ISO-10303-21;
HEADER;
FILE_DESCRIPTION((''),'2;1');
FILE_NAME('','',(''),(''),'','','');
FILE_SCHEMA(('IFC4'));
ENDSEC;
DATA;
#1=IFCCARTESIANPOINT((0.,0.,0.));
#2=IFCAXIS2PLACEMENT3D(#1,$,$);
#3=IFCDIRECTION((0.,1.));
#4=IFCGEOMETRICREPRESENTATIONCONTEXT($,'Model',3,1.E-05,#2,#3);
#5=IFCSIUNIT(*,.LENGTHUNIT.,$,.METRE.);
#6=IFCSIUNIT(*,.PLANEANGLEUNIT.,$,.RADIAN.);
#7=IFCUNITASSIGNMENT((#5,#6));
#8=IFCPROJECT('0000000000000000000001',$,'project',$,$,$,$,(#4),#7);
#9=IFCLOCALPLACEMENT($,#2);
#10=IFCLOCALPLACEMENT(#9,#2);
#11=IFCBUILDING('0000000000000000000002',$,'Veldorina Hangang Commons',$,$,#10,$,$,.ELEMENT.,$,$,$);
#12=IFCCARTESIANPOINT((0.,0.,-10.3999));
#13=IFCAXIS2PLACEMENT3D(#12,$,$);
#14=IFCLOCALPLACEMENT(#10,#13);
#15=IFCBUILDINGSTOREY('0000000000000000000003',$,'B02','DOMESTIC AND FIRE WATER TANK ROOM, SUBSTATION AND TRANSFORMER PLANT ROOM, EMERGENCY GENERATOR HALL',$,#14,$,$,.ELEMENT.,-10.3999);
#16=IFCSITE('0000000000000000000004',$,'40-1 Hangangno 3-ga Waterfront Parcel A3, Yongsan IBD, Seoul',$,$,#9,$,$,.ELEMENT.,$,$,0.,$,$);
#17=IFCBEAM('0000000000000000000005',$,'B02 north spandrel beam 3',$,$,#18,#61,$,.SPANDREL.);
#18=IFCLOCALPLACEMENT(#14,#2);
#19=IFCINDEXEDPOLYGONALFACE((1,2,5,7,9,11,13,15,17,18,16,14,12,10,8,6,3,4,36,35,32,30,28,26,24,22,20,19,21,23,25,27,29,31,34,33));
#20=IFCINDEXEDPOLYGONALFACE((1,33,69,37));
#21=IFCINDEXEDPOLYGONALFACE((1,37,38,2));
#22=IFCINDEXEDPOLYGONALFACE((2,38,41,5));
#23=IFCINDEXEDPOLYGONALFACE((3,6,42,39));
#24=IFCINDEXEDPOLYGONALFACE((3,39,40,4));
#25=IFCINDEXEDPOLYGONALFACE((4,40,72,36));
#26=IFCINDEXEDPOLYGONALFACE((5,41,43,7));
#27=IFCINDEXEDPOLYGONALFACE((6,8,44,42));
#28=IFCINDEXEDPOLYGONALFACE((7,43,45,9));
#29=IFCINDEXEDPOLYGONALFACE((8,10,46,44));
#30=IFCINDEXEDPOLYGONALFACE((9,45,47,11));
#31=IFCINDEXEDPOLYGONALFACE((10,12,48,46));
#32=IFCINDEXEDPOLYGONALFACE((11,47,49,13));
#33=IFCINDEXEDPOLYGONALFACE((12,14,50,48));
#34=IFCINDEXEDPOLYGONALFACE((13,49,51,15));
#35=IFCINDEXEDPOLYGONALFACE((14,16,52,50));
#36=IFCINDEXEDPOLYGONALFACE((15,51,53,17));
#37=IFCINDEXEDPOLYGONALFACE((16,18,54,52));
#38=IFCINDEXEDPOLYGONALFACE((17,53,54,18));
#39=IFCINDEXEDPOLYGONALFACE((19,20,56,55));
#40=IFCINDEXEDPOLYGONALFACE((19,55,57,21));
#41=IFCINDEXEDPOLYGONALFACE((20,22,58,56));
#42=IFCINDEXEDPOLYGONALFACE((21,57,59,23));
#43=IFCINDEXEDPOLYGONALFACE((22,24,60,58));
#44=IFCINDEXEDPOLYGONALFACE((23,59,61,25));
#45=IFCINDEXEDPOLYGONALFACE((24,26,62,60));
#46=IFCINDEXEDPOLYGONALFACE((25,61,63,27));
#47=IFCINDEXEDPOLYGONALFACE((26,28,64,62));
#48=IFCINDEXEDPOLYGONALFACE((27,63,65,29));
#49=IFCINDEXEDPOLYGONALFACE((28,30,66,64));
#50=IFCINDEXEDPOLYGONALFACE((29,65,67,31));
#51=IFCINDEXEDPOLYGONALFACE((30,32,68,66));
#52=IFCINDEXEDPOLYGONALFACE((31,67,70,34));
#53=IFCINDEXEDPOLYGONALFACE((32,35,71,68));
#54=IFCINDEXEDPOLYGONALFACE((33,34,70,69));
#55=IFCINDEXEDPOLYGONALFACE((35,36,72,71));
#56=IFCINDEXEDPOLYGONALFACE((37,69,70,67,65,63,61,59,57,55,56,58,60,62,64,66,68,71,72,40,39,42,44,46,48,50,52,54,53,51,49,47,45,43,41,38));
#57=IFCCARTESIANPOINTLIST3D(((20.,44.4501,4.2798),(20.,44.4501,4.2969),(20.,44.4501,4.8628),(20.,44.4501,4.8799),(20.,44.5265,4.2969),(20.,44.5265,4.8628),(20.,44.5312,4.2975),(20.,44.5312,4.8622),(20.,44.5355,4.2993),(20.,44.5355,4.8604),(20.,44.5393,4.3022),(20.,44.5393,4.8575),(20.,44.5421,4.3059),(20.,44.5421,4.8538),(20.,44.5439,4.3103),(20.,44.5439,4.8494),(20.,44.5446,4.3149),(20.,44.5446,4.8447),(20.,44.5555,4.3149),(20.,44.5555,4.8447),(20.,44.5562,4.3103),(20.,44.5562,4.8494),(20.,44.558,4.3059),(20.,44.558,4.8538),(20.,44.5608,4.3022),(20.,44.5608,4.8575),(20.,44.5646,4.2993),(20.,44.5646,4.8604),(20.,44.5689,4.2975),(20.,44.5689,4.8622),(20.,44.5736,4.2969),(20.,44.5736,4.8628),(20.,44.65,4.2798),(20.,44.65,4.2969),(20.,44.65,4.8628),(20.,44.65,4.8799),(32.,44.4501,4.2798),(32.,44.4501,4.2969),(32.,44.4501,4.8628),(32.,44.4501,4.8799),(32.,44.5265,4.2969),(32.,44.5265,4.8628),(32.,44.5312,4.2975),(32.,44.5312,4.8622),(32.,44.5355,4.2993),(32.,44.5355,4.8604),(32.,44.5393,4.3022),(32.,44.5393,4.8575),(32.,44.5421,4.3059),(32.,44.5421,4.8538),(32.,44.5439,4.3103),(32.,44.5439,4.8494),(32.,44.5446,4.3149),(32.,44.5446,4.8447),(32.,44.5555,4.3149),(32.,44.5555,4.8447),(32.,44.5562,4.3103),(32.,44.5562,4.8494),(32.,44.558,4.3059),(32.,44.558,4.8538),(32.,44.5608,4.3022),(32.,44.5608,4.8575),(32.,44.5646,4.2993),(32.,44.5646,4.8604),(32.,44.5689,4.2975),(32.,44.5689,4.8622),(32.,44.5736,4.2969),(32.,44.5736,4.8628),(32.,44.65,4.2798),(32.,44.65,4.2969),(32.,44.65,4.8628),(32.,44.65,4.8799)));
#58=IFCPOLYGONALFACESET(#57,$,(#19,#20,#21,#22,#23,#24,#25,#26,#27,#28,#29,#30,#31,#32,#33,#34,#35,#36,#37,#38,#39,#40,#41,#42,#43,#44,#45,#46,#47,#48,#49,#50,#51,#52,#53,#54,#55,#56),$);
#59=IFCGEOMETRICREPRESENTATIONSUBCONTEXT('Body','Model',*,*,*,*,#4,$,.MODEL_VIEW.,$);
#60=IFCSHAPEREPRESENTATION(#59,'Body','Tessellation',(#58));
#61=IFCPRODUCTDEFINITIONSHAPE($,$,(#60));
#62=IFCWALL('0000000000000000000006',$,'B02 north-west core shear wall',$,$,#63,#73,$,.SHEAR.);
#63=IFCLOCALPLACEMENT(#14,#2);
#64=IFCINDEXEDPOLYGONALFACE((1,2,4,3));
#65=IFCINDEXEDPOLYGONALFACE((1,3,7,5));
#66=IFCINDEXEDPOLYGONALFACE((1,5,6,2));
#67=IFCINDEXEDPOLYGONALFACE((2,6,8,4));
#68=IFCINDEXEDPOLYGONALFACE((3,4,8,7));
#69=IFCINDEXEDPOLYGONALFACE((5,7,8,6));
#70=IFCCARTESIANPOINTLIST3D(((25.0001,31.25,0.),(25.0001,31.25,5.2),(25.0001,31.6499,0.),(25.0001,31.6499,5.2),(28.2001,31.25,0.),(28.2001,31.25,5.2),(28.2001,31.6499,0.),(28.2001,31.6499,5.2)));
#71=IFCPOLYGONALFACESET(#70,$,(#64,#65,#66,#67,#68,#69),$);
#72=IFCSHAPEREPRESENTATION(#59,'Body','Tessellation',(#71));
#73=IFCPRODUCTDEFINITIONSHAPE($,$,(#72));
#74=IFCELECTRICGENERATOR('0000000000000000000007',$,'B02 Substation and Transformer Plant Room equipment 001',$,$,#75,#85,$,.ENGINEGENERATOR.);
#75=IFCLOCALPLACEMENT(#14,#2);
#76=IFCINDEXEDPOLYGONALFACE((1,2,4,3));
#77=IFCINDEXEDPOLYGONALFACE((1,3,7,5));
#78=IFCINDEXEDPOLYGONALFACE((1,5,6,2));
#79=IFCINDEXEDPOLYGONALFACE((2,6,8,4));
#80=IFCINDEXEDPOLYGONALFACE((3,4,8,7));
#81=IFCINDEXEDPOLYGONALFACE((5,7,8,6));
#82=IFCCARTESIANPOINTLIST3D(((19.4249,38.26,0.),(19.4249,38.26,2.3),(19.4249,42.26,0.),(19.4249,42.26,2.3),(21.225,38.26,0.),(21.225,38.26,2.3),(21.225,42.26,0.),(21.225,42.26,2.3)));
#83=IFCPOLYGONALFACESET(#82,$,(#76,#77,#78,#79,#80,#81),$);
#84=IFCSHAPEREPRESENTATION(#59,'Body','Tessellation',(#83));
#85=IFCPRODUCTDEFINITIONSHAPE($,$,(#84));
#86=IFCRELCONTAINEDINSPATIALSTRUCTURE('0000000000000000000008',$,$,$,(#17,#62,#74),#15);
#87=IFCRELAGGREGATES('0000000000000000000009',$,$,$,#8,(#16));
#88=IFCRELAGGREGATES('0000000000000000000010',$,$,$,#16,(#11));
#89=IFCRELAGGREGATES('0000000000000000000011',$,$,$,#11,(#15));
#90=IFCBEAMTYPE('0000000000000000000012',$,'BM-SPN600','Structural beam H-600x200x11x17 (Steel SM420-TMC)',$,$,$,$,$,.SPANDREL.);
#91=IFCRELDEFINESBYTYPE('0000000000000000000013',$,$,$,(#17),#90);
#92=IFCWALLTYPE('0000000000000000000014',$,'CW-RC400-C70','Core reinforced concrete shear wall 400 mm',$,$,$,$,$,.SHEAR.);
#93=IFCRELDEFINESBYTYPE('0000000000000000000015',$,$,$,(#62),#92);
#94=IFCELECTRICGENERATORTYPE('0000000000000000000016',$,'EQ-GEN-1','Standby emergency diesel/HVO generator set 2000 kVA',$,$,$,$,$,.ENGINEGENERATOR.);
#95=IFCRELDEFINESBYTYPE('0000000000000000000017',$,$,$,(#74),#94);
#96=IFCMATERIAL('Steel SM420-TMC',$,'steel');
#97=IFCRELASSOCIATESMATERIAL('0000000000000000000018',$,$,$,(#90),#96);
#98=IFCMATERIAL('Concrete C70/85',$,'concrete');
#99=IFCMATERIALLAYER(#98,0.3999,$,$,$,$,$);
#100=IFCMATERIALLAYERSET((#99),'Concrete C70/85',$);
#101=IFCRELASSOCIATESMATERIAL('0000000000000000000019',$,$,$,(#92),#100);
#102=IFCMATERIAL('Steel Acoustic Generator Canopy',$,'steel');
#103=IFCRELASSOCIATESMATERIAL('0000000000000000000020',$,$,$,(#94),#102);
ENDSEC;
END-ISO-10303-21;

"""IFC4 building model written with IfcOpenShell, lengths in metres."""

from ifc_helpers import new_model, si_unit, direction, frame, frame_2d, origin, origin_2d, place, context, subcontext, project, spatial, rectangle, i_section, extrude, material, layer, layer_set, material_profile, profile_set, type_object, element, save


model = new_model("IFC4")

# Units and contexts
model_context = context("Model", 3, precision=1e-05, world=origin(), true_north=direction((0.0, 1.0)))
body_context = subcontext(model_context, "Body", "Model", "MODEL_VIEW")
ifc_project = project(units=[si_unit("LENGTHUNIT", "METRE"), si_unit("PLANEANGLEUNIT", "RADIAN")], contexts=[model_context])

# Site, building, storey
site_placement = place(None, origin())
site = spatial("IfcSite", under=ifc_project, at=site_placement, Name="40-1 Hangangno 3-ga Waterfront Parcel A3, Yongsan IBD, Seoul", CompositionType="ELEMENT", RefElevation=0.0)
building_placement = place(site_placement, origin())
building = spatial("IfcBuilding", under=site, at=building_placement, Name="Veldorina Hangang Commons", CompositionType="ELEMENT")
storey_placement = place(building_placement, frame((0.0, 0.0, -10.3999)))
storey = spatial("IfcBuildingStorey", under=building, at=storey_placement, Name="B02", Description="DOMESTIC AND FIRE WATER TANK ROOM, SUBSTATION AND TRANSFORMER PLANT ROOM, EMERGENCY GENERATOR HALL", CompositionType="ELEMENT", Elevation=-10.3999)

# Beam
ifc_material_1 = material(Name="Concrete C70/85", Category="concrete")
ifc_material_2 = material(Name="Steel SM420-TMC", Category="steel")
ifc_material_profile_1 = material_profile(ifc_material_2, i_section(OverallWidth=0.2, OverallDepth=0.6001, WebThickness=0.011, FlangeThickness=0.0171, FilletRadius=0.0181, at=origin_2d()), Name="H-600x200x11x17")
ifc_profile_set_1 = profile_set([ifc_material_profile_1], Name="Steel SM420-TMC")
beam_type_1 = type_object("IfcBeamType", Name="BM-SPN600", Description="Structural beam H-600x200x11x17 (Steel SM420-TMC)", PredefinedType="SPANDREL", material=ifc_profile_set_1)
beam_1_placement = place(storey_placement, frame((20.0, 44.55, 4.5798), z_axis=(1.0, 0.0, 0.0), x_axis=(0.0, 1.0, 0.0)))
element("IfcBeam", 1, at=beam_1_placement, inside=storey, type_object=beam_type_1, Name="B02 north spandrel beam 3", PredefinedType="SPANDREL", context=body_context, shape_type="SweptSolid", body=[
    extrude(i_section(OverallWidth=0.2, OverallDepth=0.6001, WebThickness=0.011, FlangeThickness=0.0171, FilletRadius=0.0181, at=origin_2d()), origin(), (0.0, 0.0, 1.0), 12.0),
])

# Wall
ifc_layer = layer(ifc_material_1, 0.3999)
ifc_layer_set = layer_set([ifc_layer], Name="Concrete C70/85")
wall_type = type_object("IfcWallType", Name="CW-RC400-C70", Description="Core reinforced concrete shear wall 400 mm", PredefinedType="SHEAR", material=ifc_layer_set)
wall_placement = place(storey_placement, frame((25.0, 31.45, 0.0), z_axis=(0.0, 0.0, 1.0), x_axis=(1.0, 0.0, 0.0)))
element("IfcWall", 2, at=wall_placement, inside=storey, type_object=wall_type, Name="B02 north-west core shear wall", PredefinedType="SHEAR", context=body_context, shape_type="SweptSolid", body=[
    extrude(rectangle(XDim=3.2, YDim=0.3999, at=frame_2d((1.6001, 0.0))), origin(), (0.0, 0.0, 1.0), 5.2),
])

# Electric generator
ifc_material_3 = material(Name="Steel Acoustic Generator Canopy", Category="steel")
electric_generator_type = type_object("IfcElectricGeneratorType", Name="EQ-GEN-1", Description="Standby emergency diesel/HVO generator set 2000 kVA", PredefinedType="ENGINEGENERATOR", material=ifc_material_3)
electric_generator_placement = place(storey_placement, frame((20.325, 40.26, 0.0), z_axis=(0.0, 0.0, 1.0), x_axis=(1.0, 0.0, 0.0)))
element("IfcElectricGenerator", 3, at=electric_generator_placement, inside=storey, type_object=electric_generator_type, Name="B02 Substation and Transformer Plant Room equipment 001", PredefinedType="ENGINEGENERATOR", context=body_context, shape_type="SweptSolid", body=[
    extrude(rectangle(XDim=1.8, YDim=4.0, at=origin_2d()), origin(), (0.0, 0.0, 1.0), 2.3),
])

save(model, "model.ifc")
